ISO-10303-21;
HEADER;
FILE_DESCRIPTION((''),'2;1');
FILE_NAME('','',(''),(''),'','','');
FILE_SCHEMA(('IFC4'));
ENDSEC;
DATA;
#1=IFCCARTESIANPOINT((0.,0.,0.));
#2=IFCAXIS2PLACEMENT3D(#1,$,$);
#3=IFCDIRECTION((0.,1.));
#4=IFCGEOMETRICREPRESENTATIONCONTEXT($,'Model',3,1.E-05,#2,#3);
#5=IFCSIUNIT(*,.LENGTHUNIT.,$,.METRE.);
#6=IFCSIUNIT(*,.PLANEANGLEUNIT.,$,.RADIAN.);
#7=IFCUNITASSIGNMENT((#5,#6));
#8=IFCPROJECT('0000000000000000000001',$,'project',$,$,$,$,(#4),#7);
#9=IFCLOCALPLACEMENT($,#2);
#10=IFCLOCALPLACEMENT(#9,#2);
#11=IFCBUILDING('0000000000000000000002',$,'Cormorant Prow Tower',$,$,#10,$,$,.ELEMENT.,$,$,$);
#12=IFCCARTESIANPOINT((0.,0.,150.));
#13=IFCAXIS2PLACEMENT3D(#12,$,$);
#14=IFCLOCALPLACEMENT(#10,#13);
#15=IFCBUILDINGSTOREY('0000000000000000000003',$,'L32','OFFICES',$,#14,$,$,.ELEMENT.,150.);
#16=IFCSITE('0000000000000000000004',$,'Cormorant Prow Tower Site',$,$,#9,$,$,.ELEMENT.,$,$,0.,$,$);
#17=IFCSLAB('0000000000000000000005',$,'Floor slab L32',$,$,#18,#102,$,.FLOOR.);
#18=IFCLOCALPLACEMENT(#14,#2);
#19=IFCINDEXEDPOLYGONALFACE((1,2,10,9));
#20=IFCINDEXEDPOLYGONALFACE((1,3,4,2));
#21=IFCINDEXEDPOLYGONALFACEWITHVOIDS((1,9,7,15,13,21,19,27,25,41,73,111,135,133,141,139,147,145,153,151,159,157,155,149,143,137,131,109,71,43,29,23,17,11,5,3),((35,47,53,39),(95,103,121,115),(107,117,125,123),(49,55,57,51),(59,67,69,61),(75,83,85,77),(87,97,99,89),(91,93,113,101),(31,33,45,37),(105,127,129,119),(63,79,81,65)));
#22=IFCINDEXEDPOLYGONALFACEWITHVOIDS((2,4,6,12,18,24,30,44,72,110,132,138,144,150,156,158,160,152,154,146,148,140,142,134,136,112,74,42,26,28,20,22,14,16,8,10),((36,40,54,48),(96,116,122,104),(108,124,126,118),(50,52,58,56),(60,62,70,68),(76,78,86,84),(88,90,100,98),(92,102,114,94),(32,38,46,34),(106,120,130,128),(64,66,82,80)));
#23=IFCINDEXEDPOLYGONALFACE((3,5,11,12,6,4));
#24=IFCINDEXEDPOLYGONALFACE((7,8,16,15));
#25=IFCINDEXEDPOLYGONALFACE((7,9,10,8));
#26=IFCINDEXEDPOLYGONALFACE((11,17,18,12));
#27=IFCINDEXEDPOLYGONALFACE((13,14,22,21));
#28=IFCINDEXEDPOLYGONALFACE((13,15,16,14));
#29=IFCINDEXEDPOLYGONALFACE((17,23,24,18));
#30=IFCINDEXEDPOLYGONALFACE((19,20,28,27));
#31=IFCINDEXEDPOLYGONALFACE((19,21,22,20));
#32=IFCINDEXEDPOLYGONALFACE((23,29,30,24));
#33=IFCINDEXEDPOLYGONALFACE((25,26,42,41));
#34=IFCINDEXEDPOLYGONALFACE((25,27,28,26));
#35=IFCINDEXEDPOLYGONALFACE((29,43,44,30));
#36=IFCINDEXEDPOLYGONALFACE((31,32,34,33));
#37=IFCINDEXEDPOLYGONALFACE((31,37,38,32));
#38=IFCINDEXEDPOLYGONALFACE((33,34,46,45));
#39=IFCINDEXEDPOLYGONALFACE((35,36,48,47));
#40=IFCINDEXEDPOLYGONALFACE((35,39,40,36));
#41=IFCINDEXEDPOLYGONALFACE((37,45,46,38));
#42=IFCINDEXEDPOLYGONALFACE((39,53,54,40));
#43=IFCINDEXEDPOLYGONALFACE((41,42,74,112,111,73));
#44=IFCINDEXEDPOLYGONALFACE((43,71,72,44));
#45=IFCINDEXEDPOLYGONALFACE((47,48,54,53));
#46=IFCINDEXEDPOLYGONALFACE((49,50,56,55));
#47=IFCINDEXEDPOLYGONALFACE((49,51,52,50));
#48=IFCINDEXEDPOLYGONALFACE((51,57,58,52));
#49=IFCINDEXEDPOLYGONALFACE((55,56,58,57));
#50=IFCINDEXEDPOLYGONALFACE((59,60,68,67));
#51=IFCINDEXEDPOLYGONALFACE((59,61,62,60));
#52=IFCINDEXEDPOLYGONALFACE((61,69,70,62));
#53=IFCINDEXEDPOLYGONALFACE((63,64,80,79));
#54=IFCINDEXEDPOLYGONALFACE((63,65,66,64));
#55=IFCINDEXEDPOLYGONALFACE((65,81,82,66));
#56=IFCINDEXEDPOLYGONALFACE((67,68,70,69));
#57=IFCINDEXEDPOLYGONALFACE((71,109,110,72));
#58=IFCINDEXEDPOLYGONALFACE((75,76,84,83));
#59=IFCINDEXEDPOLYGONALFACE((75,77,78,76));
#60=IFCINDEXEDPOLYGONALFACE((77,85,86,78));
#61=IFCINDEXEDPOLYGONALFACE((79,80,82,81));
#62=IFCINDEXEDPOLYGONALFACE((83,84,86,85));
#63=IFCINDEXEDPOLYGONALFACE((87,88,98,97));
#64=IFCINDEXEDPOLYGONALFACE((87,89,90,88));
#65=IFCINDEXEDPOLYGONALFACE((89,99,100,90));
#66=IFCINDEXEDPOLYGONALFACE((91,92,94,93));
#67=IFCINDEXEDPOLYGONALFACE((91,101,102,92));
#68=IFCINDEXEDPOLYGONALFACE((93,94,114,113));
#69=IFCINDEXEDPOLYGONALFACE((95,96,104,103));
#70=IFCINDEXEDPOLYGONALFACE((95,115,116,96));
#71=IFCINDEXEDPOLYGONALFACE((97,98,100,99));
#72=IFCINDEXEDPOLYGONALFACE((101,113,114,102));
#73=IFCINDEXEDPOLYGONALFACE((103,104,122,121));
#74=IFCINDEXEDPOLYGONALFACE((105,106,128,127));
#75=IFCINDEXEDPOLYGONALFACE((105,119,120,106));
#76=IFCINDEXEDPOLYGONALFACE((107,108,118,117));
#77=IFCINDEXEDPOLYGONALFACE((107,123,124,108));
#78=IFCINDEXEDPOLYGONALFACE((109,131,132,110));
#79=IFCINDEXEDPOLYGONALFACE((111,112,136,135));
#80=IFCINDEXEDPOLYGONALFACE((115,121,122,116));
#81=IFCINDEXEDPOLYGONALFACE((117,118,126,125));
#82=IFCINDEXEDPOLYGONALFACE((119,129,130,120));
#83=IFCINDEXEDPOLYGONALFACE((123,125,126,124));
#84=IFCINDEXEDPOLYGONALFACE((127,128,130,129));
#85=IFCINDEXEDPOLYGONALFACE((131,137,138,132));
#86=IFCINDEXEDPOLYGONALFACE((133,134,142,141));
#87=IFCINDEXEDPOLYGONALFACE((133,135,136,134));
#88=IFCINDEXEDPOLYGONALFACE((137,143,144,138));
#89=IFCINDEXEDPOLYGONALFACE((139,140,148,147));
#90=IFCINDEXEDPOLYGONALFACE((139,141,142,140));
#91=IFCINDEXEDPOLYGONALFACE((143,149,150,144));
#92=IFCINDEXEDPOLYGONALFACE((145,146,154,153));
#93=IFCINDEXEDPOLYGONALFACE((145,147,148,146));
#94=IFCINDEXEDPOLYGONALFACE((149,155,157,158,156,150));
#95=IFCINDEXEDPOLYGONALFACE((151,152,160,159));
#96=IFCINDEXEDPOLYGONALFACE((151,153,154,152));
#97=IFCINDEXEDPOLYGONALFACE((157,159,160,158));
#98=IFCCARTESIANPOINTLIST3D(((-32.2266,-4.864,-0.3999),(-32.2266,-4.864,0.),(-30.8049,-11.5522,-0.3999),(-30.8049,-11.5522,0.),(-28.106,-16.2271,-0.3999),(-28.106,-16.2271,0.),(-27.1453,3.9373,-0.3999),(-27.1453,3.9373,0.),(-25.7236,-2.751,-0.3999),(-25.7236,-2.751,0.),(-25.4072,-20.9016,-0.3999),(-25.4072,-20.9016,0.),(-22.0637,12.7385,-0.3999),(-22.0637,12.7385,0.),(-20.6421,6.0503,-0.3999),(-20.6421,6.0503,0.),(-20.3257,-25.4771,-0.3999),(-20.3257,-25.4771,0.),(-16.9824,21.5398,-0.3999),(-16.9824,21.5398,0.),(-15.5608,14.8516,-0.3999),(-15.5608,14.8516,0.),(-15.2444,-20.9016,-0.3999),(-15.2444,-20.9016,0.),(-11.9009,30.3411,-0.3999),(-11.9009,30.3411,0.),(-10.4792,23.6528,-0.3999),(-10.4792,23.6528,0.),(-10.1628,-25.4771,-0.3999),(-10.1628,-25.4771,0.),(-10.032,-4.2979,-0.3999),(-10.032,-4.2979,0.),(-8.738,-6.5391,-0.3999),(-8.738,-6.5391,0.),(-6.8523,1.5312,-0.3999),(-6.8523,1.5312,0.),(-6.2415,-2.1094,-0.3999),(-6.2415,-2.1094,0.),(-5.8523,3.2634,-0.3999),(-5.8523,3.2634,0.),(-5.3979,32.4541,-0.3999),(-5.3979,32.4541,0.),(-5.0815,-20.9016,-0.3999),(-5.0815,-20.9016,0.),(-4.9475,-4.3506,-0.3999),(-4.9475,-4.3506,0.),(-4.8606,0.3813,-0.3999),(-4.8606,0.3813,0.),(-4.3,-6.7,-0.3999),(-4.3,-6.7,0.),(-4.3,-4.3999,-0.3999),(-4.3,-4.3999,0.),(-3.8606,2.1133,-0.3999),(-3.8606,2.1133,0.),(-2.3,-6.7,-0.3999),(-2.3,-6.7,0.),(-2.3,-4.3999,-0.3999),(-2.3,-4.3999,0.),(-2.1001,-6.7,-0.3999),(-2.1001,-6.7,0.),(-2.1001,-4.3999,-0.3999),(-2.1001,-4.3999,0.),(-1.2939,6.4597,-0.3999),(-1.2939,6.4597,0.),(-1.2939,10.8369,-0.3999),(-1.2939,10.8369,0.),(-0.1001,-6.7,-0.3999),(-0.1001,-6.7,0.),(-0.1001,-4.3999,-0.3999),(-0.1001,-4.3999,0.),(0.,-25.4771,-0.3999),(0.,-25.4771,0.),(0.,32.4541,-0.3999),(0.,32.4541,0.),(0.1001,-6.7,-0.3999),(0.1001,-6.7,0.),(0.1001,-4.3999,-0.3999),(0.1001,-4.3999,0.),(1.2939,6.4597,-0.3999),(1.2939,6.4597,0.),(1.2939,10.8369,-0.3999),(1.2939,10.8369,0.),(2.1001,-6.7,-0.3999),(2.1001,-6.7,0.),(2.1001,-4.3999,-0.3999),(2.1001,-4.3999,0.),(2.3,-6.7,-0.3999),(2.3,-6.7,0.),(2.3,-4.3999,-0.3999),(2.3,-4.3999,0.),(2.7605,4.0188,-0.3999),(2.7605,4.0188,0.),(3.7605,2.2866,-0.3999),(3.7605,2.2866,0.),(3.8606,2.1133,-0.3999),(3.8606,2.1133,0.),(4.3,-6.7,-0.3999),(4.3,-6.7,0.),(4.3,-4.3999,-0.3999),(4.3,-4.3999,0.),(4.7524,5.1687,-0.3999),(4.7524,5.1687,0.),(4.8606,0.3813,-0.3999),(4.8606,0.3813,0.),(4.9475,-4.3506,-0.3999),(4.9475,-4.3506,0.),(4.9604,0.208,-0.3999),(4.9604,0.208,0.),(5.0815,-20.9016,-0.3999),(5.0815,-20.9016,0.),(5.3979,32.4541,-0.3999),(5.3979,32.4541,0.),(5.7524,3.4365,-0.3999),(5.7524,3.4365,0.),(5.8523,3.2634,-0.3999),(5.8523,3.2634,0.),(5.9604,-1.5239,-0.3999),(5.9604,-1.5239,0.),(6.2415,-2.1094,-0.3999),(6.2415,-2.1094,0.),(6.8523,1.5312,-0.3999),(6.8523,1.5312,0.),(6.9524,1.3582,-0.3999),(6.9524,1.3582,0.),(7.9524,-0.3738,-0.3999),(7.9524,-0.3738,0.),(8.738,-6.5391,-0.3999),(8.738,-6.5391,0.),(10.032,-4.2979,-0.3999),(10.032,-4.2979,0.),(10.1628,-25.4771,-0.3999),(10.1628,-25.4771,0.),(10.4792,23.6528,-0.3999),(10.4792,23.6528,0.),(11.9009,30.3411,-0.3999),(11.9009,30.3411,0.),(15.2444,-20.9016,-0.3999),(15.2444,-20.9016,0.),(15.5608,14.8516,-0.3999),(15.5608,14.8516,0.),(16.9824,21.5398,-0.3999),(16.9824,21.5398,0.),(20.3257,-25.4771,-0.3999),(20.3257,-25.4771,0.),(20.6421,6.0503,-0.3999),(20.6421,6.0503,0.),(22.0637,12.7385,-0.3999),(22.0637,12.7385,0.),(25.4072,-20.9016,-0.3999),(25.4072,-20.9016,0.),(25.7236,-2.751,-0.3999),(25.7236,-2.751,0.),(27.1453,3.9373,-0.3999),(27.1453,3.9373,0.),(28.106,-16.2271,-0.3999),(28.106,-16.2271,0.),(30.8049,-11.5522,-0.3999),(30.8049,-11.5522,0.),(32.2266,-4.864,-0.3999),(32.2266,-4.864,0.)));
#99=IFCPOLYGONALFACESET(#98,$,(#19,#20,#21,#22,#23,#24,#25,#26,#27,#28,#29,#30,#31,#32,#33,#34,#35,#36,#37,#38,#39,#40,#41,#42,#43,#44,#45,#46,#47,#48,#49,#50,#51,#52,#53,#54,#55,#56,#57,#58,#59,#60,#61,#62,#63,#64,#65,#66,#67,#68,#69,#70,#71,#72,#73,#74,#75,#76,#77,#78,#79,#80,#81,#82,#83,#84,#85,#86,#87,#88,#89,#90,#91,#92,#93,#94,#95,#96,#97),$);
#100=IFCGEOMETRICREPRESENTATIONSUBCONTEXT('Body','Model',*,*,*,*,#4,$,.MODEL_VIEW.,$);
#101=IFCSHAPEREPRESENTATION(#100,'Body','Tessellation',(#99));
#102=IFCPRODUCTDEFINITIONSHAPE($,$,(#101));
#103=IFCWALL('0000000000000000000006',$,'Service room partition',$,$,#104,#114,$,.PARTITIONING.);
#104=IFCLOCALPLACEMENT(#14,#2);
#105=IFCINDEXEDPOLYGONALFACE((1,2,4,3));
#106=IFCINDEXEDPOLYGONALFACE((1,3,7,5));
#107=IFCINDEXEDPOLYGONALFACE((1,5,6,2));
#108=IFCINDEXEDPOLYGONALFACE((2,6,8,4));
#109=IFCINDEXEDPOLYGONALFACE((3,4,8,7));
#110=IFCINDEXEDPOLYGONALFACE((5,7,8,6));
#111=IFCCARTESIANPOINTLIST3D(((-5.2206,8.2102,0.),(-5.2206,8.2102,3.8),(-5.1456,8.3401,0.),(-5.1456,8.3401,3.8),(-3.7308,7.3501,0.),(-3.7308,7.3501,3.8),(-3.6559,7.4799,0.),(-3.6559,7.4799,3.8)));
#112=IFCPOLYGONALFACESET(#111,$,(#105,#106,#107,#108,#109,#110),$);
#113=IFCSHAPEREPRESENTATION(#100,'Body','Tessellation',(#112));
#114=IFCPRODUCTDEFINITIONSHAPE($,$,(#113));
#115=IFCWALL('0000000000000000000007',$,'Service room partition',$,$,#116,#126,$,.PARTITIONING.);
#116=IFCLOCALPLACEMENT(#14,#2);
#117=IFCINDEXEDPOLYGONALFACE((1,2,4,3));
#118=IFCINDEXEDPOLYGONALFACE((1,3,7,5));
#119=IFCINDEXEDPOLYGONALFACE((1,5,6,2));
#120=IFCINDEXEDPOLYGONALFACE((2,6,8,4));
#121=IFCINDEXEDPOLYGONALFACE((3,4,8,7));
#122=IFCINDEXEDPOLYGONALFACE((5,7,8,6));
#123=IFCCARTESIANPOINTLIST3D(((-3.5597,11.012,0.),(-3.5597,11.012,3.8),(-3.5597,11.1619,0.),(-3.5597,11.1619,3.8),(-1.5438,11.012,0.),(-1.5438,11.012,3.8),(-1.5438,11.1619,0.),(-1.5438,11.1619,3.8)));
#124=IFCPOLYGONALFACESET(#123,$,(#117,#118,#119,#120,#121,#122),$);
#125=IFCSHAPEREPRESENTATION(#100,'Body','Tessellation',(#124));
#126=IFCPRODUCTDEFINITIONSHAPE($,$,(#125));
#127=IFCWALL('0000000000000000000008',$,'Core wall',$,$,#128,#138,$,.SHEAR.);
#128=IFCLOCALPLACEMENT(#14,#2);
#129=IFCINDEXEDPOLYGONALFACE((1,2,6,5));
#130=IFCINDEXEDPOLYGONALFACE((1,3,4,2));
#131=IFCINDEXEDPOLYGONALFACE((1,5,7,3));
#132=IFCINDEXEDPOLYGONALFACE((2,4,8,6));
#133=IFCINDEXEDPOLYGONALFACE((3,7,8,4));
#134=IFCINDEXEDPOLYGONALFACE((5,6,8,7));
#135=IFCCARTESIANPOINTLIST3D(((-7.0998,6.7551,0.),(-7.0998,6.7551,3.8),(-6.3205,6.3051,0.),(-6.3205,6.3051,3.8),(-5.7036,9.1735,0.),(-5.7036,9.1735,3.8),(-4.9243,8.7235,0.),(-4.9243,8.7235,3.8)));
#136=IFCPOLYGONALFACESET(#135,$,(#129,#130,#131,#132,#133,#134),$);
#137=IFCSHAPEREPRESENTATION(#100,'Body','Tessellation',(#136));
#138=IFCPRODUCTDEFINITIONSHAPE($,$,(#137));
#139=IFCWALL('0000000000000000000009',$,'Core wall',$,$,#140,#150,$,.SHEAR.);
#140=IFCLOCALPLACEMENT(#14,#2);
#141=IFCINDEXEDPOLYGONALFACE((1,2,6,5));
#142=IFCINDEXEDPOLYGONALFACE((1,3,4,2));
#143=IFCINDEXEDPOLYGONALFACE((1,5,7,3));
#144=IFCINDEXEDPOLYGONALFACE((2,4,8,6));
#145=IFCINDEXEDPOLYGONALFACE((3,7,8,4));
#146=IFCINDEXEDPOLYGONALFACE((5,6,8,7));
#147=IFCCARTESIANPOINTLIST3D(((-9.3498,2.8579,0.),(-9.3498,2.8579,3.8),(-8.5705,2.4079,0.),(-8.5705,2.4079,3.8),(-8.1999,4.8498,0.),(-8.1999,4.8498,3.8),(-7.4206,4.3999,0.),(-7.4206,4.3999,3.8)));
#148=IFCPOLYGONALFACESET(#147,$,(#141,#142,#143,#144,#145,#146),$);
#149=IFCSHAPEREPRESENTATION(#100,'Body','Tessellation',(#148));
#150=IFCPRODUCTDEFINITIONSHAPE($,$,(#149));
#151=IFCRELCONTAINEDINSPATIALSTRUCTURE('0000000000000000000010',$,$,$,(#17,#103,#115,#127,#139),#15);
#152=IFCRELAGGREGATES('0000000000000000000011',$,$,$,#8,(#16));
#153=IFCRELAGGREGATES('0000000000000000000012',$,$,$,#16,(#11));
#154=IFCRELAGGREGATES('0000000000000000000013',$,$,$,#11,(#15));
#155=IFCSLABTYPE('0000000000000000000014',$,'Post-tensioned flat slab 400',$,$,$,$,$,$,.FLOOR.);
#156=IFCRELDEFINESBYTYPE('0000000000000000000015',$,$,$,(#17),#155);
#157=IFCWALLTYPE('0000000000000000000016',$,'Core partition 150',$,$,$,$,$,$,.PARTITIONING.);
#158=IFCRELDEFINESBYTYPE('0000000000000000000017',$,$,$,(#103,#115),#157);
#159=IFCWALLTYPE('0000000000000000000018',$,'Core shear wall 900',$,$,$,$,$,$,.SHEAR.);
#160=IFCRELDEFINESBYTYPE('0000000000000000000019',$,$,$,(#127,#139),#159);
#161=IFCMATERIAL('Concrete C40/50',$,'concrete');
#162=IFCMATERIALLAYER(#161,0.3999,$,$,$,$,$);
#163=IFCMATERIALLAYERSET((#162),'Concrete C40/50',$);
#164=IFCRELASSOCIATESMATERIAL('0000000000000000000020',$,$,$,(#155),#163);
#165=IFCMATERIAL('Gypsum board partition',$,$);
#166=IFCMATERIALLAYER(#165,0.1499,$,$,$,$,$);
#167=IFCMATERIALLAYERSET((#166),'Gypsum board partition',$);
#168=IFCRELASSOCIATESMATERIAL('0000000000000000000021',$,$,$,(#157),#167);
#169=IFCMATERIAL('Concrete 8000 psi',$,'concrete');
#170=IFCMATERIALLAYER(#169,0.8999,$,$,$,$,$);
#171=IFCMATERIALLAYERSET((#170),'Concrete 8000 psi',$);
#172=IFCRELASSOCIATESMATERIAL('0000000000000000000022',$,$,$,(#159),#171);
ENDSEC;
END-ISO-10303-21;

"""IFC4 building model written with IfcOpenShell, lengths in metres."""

from ifc_helpers import new_model, si_unit, direction, frame, frame_2d, origin, place, context, subcontext, project, spatial, polyline, rectangle, outline, extrude, material, layer, layer_set, type_object, element, save


model = new_model("IFC4")

# Units and contexts
model_context = context("Model", 3, precision=1e-05, world=origin(), true_north=direction((0.0, 1.0)))
body_context = subcontext(model_context, "Body", "Model", "MODEL_VIEW")
ifc_project = project(units=[si_unit("LENGTHUNIT", "METRE"), si_unit("PLANEANGLEUNIT", "RADIAN")], contexts=[model_context])

# Site, building, storey
site_placement = place(None, origin())
site = spatial("IfcSite", under=ifc_project, at=site_placement, Name="Cormorant Prow Tower Site", CompositionType="ELEMENT", RefElevation=0.0)
building_placement = place(site_placement, origin())
building = spatial("IfcBuilding", under=site, at=building_placement, Name="Cormorant Prow Tower", CompositionType="ELEMENT")
storey_placement = place(building_placement, frame((0.0, 0.0, 150.0)))
storey = spatial("IfcBuildingStorey", under=building, at=storey_placement, Name="L32", Description="OFFICES", CompositionType="ELEMENT", Elevation=150.0)

# Slab
ifc_material_1 = material(Name="Concrete C40/50", Category="concrete")
ifc_layer_1 = layer(ifc_material_1, 0.3999)
ifc_layer_set_1 = layer_set([ifc_layer_1], Name="Concrete C40/50")
slab_type_1 = type_object("IfcSlabType", Name="Post-tensioned flat slab 400", PredefinedType="FLOOR", material=ifc_layer_set_1)
slab_1_placement = place(storey_placement, frame((0.0, 0.0, -0.3999)))
element("IfcSlab", 1, at=slab_1_placement, inside=storey, type_object=slab_type_1, Name="Floor slab L32", PredefinedType="FLOOR", context=body_context, shape_type="SweptSolid", body=[
    extrude(outline(polyline([(-11.9009, 30.3411), (-10.4792, 23.6528), (-16.9824, 21.5398), (-15.5608, 14.8516), (-22.0637, 12.7385), (-20.6421, 6.0503), (-27.1453, 3.9373), (-25.7236, -2.751), (-32.2266, -4.864), (-30.8049, -11.5522), (-28.106, -16.2271), (-25.4072, -20.9016), (-20.3257, -25.4771), (-15.2444, -20.9016), (-10.1628, -25.4771), (-5.0815, -20.9016), (0.0, -25.4771), (5.0815, -20.9016), (10.1628, -25.4771), (15.2444, -20.9016), (20.3257, -25.4771), (25.4072, -20.9016), (28.106, -16.2271), (30.8049, -11.5522), (32.2266, -4.864), (25.7236, -2.751), (27.1453, 3.9373), (20.6421, 6.0503), (22.0637, 12.7385), (15.5608, 14.8516), (16.9824, 21.5398), (10.4792, 23.6528), (11.9009, 30.3411), (5.3979, 32.4541), (0.0, 32.4541), (-5.3979, 32.4541), (-11.9009, 30.3411)]), holes=[polyline([(-4.3, -6.7), (-4.3, -4.3999), (-2.3, -4.3999), (-2.3, -6.7), (-4.3, -6.7)]), polyline([(-2.1001, -4.3999), (-0.1001, -4.3999), (-0.1001, -6.7), (-2.1001, -6.7), (-2.1001, -4.3999)]), polyline([(2.1001, -4.3999), (2.1001, -6.7), (0.1001, -6.7), (0.1001, -4.3999), (2.1001, -4.3999)]), polyline([(4.3, -6.7), (2.3, -6.7), (2.3, -4.3999), (4.3, -4.3999), (4.3, -6.7)]), polyline([(7.9524, -0.3738), (5.9604, -1.5239), (4.9604, 0.208), (6.9524, 1.3582), (7.9524, -0.3738)]), polyline([(4.8606, 0.3813), (3.8606, 2.1133), (5.8523, 3.2634), (6.8523, 1.5312), (4.8606, 0.3813)]), polyline([(2.7605, 4.0188), (4.7524, 5.1687), (5.7524, 3.4365), (3.7605, 2.2866), (2.7605, 4.0188)]), polyline([(-6.8523, 1.5312), (-5.8523, 3.2634), (-3.8606, 2.1133), (-4.8606, 0.3813), (-6.8523, 1.5312)]), polyline([(-4.9475, -4.3506), (-8.738, -6.5391), (-10.032, -4.2979), (-6.2415, -2.1094), (-4.9475, -4.3506)]), polyline([(10.032, -4.2979), (8.738, -6.5391), (4.9475, -4.3506), (6.2415, -2.1094), (10.032, -4.2979)]), polyline([(1.2939, 10.8369), (1.2939, 6.4597), (-1.2939, 6.4597), (-1.2939, 10.8369), (1.2939, 10.8369)])]), origin(), (0.0, 0.0, 1.0), 0.3999),
])

# Walls
ifc_material_2 = material(Name="Gypsum board partition")
ifc_layer_2 = layer(ifc_material_2, 0.1499)
ifc_layer_set_2 = layer_set([ifc_layer_2], Name="Gypsum board partition")
wall_type_1 = type_object("IfcWallType", Name="Core partition 150", PredefinedType="PARTITIONING", material=ifc_layer_set_2)
wall_1_placement = place(storey_placement, frame((-3.6934, 7.415, 0.0), z_axis=(0.0, 0.0, 1.0), x_axis=(-0.866025, 0.500001, 0.0)))
element("IfcWall", 2, at=wall_1_placement, inside=storey, type_object=wall_type_1, Name="Service room partition", PredefinedType="PARTITIONING", context=body_context, shape_type="SweptSolid", body=[
    extrude(rectangle(XDim=1.7202, YDim=0.1499, at=frame_2d((0.8601, 0.0))), origin(), (0.0, 0.0, 1.0), 3.8),
])
wall_2_placement = place(storey_placement, frame((-1.5439, 11.0869, 0.0), z_axis=(0.0, 0.0, 1.0), x_axis=(-1.0, 0.0, 0.0)))
element("IfcWall", 3, at=wall_2_placement, inside=storey, type_object=wall_type_1, Name="Service room partition", PredefinedType="PARTITIONING", context=body_context, shape_type="SweptSolid", body=[
    extrude(rectangle(XDim=2.0159, YDim=0.1499, at=frame_2d((1.0078, 0.0))), origin(), (0.0, 0.0, 1.0), 3.8),
])
ifc_material_3 = material(Name="Concrete 8000 psi", Category="concrete")
ifc_layer_3 = layer(ifc_material_3, 0.8999)
ifc_layer_set_3 = layer_set([ifc_layer_3], Name="Concrete 8000 psi")
wall_type_2 = type_object("IfcWallType", Name="Core shear wall 900", PredefinedType="SHEAR", material=ifc_layer_set_3)
wall_3_placement = place(storey_placement, frame((-5.314, 8.9485, 0.0), z_axis=(0.0, 0.0, 1.0), x_axis=(-0.499985, -0.866034, 0.0)))
element("IfcWall", 4, at=wall_3_placement, inside=storey, type_object=wall_type_2, Name="Core wall", PredefinedType="SHEAR", context=body_context, shape_type="SweptSolid", body=[
    extrude(rectangle(XDim=2.7925, YDim=0.8999, at=frame_2d((1.3962, 0.0))), origin(), (0.0, 0.0, 1.0), 3.8),
])
wall_4_placement = place(storey_placement, frame((-7.8103, 4.6248, 0.0), z_axis=(0.0, 0.0, 1.0), x_axis=(-0.499952, -0.866053, 0.0)))
element("IfcWall", 5, at=wall_4_placement, inside=storey, type_object=wall_type_2, Name="Core wall", PredefinedType="SHEAR", context=body_context, shape_type="SweptSolid", body=[
    extrude(rectangle(XDim=2.3, YDim=0.8999, at=frame_2d((1.1499, 0.0))), origin(), (0.0, 0.0, 1.0), 3.8),
])

save(model, "model.ifc")
